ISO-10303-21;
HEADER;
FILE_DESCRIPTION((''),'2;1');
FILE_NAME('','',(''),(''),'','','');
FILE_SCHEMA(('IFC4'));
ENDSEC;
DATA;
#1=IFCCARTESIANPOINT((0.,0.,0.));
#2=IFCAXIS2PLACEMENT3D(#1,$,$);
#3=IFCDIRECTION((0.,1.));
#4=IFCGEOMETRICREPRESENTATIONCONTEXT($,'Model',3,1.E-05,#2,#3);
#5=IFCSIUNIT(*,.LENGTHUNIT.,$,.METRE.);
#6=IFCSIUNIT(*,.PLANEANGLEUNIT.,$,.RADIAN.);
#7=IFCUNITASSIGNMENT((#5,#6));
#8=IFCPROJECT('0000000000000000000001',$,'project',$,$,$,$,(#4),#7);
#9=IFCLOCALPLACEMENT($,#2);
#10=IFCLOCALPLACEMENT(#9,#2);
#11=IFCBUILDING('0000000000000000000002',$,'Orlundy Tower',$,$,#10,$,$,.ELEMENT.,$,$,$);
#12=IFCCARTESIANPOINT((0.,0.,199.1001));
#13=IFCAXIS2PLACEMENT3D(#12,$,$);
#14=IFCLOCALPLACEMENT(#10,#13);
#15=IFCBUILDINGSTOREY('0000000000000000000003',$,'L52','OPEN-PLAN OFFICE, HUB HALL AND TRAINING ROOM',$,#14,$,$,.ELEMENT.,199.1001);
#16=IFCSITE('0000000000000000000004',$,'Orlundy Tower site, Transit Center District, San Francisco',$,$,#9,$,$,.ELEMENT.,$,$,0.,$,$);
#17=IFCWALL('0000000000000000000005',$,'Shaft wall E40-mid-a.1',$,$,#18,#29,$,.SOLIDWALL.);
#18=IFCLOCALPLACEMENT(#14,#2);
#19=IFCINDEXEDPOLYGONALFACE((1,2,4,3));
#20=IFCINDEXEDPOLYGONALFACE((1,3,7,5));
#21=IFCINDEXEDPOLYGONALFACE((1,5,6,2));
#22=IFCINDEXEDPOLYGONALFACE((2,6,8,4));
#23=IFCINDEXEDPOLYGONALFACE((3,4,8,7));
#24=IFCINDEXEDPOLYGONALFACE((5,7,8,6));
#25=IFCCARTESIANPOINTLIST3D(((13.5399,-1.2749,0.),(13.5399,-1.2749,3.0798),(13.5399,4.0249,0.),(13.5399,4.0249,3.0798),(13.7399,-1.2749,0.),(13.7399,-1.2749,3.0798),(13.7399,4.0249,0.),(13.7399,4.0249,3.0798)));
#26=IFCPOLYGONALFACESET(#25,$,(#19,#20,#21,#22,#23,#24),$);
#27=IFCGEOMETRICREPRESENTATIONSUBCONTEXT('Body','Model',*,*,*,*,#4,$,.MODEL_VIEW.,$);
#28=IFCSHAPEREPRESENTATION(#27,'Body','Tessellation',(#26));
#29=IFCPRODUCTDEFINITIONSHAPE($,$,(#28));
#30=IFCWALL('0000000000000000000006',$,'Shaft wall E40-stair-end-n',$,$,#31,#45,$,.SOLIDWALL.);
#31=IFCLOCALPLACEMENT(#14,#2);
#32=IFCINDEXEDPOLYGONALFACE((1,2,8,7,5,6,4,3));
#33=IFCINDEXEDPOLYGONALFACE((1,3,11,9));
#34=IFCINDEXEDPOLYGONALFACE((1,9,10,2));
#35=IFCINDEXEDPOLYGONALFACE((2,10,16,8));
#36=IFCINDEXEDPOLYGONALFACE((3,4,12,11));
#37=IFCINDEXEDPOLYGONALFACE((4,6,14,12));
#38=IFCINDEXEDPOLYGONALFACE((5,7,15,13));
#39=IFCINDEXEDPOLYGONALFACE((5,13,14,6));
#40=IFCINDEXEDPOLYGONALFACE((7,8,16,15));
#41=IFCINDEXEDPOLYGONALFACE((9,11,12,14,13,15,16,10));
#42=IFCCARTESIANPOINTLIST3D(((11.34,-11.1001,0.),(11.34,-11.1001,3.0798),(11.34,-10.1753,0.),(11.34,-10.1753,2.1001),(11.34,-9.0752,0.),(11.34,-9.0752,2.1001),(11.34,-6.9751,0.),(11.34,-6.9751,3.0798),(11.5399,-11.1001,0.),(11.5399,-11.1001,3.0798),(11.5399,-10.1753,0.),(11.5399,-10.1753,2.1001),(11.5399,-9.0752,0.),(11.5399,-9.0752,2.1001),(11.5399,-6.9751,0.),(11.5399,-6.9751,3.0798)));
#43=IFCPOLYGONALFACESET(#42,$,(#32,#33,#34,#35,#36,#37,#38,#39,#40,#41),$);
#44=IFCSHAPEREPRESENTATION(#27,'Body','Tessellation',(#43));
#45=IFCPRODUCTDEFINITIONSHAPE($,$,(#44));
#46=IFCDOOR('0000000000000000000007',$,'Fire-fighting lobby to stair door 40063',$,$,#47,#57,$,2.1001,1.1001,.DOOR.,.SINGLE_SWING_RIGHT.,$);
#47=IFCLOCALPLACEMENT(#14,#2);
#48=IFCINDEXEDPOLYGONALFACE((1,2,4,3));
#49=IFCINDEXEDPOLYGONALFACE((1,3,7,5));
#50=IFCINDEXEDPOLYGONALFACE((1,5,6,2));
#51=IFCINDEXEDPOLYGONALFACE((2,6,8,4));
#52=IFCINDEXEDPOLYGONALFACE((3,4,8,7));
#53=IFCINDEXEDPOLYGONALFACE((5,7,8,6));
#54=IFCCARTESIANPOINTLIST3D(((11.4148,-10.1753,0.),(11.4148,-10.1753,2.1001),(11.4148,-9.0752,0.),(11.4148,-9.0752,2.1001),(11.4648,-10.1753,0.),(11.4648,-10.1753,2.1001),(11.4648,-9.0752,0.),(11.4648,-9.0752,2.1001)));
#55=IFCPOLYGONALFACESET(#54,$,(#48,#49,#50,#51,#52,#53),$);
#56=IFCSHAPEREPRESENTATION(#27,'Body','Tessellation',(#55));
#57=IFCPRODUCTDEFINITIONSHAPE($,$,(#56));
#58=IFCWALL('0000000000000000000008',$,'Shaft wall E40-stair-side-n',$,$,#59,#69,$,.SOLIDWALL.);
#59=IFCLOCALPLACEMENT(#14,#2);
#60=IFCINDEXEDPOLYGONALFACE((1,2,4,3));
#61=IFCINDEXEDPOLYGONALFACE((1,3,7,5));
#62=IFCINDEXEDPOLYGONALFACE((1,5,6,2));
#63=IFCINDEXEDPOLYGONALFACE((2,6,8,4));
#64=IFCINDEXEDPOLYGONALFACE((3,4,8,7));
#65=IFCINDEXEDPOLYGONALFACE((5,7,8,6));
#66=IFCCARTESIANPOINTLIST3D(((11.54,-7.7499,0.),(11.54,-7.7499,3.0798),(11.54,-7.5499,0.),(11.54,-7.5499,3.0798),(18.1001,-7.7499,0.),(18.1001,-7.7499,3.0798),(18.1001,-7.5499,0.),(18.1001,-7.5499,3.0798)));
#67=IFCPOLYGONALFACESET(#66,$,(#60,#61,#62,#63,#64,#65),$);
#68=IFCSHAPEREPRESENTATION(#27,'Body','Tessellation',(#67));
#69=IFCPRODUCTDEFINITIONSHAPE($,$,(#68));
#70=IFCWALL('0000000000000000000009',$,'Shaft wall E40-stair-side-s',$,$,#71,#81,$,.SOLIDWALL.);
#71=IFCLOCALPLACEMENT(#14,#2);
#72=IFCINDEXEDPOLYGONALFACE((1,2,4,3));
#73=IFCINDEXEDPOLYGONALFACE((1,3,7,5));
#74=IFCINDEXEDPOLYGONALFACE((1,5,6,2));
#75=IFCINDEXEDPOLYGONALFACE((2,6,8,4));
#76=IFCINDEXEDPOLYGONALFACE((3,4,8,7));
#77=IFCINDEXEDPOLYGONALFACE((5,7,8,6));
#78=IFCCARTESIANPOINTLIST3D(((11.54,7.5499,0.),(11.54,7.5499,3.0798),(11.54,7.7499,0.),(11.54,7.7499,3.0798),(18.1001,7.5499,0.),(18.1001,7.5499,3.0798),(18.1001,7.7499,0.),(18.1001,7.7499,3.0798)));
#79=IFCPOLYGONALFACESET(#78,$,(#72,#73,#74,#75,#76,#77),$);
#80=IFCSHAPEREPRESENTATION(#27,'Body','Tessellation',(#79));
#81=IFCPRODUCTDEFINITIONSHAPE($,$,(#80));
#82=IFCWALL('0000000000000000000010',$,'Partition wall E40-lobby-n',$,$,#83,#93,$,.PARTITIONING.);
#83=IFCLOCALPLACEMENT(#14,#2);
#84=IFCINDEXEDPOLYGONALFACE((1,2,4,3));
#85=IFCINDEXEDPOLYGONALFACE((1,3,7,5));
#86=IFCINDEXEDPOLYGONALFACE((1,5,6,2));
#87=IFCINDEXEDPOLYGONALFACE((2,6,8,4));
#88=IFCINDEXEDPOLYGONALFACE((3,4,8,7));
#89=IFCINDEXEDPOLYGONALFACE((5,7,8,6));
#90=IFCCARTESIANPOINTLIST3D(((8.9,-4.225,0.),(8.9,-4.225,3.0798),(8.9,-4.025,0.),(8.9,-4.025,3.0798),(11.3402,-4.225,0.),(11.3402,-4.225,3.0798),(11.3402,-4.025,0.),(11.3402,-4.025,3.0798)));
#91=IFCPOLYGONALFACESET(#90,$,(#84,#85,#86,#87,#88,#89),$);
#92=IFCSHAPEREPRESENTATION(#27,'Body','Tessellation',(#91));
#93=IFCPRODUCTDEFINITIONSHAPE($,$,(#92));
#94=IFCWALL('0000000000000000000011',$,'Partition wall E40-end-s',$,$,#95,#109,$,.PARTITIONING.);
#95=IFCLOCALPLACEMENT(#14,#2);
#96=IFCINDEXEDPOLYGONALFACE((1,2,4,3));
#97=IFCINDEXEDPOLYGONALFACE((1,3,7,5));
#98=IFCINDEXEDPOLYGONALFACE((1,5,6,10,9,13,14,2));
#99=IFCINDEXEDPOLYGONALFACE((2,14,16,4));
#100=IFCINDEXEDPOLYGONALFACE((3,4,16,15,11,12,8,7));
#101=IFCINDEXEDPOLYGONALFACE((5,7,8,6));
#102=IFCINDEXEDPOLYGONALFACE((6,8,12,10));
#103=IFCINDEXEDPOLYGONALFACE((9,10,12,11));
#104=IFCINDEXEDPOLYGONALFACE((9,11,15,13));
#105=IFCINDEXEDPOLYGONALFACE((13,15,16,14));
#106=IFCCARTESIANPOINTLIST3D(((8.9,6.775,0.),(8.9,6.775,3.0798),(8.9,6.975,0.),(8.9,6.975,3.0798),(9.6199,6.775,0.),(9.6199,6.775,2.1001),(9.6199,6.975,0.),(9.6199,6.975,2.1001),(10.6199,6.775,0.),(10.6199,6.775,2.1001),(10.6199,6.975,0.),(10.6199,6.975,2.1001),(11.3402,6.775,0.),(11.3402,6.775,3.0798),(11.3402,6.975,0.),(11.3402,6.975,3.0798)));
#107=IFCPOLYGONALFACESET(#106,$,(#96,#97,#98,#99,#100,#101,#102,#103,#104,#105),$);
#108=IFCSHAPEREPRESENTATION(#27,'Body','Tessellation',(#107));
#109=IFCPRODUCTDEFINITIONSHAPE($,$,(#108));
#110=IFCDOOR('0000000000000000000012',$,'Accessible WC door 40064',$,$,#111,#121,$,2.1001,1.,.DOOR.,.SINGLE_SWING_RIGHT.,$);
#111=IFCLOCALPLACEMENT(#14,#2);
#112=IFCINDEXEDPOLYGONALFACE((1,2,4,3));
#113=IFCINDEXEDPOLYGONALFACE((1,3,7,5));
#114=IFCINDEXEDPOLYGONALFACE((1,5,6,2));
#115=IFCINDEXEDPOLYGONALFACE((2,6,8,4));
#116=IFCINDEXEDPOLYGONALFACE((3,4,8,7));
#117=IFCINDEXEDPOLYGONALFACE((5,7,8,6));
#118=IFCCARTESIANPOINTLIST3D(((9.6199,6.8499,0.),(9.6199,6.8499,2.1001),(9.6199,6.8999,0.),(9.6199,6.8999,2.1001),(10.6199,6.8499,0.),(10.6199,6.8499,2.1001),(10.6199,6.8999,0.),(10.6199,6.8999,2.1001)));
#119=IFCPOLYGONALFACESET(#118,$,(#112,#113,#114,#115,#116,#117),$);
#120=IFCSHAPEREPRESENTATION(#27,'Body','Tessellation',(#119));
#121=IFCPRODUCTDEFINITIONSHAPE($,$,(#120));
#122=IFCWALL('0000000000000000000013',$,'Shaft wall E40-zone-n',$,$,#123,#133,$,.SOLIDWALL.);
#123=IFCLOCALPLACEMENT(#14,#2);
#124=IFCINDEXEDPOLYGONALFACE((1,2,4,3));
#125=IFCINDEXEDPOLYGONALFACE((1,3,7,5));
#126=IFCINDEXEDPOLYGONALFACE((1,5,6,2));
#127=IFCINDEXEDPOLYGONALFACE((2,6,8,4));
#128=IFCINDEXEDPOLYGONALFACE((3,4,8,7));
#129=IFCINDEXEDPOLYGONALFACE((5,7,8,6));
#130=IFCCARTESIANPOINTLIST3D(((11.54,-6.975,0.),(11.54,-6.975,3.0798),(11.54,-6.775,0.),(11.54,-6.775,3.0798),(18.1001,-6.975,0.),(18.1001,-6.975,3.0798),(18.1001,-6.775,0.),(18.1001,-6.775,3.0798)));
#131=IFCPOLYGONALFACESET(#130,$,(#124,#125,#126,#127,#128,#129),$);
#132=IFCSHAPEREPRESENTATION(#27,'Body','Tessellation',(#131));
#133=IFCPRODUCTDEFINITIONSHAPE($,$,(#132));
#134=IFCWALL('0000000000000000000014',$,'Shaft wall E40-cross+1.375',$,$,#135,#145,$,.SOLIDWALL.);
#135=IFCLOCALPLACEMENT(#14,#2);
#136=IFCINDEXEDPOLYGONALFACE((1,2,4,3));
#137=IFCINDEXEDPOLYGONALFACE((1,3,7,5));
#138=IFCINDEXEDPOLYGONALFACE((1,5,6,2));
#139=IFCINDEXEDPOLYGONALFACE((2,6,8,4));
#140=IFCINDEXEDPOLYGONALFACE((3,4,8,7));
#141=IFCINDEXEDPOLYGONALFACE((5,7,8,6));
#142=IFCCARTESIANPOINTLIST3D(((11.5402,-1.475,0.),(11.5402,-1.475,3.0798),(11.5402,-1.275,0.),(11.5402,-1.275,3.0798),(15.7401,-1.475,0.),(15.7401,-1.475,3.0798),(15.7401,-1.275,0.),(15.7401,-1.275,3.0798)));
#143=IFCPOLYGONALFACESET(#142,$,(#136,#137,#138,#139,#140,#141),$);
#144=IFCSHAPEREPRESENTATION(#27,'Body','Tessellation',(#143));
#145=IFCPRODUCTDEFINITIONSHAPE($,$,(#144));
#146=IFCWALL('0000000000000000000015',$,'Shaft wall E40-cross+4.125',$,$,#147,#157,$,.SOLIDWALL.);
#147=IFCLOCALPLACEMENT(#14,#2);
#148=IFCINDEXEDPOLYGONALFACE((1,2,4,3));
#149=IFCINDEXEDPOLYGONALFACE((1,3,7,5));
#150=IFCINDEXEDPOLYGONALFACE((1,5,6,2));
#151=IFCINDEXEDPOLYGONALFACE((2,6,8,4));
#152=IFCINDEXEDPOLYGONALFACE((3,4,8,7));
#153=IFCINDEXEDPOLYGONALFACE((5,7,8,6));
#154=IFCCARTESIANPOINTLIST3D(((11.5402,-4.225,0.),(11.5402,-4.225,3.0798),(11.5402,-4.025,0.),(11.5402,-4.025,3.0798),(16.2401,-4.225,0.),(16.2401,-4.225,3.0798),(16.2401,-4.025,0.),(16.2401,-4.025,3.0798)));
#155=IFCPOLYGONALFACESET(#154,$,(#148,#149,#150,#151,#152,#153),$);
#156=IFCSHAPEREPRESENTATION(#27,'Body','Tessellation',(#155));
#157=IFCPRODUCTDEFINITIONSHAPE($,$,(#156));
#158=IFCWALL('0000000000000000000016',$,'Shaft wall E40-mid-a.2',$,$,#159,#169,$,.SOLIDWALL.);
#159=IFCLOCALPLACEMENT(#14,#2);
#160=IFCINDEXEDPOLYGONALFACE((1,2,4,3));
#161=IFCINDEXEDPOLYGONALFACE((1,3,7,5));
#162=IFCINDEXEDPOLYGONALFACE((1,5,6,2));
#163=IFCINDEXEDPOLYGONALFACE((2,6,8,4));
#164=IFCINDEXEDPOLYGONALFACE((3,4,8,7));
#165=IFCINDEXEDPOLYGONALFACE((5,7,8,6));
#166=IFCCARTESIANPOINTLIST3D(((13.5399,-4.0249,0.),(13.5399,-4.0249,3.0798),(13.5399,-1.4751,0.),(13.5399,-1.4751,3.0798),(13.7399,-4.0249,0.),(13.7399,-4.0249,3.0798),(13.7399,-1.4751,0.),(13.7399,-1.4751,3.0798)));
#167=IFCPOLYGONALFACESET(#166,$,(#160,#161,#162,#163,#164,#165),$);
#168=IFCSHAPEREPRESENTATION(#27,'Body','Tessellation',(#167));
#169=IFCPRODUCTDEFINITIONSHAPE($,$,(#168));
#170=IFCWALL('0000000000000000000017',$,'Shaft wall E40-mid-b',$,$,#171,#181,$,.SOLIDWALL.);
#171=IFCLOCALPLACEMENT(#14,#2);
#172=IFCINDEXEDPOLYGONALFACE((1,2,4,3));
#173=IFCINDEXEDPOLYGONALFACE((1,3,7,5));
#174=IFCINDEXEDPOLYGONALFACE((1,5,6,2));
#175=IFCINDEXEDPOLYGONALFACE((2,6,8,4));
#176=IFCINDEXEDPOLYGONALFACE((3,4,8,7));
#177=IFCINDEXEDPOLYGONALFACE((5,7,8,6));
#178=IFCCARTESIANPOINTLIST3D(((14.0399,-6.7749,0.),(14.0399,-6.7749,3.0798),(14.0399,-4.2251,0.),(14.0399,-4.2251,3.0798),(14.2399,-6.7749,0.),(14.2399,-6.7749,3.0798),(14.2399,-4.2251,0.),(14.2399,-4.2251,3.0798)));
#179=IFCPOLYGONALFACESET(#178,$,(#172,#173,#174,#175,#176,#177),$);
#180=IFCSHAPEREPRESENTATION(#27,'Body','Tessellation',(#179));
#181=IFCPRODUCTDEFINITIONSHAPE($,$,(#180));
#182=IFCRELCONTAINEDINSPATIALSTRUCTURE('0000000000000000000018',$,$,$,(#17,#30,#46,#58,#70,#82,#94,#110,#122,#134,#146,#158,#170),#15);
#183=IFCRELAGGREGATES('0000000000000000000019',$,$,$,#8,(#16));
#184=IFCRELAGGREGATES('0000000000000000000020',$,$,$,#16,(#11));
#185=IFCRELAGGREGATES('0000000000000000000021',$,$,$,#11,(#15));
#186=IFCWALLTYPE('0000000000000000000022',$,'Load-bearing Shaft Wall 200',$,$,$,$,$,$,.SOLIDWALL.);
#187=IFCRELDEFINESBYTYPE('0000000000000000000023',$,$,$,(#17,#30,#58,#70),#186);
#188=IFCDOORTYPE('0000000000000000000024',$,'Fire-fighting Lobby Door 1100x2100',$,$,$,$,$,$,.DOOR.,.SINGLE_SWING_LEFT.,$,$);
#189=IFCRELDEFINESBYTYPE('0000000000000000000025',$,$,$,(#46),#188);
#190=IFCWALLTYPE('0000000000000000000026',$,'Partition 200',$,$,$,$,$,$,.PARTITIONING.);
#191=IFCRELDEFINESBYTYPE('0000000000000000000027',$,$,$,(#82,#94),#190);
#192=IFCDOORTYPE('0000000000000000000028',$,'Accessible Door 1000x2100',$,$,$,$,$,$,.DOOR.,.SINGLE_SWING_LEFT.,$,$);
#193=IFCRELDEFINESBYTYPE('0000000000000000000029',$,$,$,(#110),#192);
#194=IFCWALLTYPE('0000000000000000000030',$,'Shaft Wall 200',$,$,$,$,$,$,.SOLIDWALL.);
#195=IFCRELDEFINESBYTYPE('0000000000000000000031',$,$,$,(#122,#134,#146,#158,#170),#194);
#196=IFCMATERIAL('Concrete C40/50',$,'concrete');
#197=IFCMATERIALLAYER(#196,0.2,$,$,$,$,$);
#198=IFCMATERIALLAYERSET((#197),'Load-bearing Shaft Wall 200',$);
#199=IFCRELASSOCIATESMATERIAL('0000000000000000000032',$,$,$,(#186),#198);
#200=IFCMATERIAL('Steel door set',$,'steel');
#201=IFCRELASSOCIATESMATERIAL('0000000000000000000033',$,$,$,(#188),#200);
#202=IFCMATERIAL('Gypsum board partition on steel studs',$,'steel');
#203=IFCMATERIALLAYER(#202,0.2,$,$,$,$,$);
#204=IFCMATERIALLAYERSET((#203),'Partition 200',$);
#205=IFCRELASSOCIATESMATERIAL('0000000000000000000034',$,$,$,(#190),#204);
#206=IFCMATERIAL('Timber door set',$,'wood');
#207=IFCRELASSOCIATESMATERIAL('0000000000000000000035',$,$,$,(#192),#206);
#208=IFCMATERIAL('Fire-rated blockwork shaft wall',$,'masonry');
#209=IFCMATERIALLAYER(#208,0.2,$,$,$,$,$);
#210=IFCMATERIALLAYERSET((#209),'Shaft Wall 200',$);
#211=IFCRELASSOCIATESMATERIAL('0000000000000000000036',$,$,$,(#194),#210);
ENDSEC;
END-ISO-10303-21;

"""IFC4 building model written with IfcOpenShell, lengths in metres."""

from ifc_helpers import new_model, si_unit, direction, frame, frame_2d, origin, place, context, subcontext, project, spatial, rectangle, extrude, material, layer, layer_set, type_object, element, fill, save


model = new_model("IFC4")

# Units and contexts
model_context = context("Model", 3, precision=1e-05, world=origin(), true_north=direction((0.0, 1.0)))
body_context = subcontext(model_context, "Body", "Model", "MODEL_VIEW")
ifc_project = project(units=[si_unit("LENGTHUNIT", "METRE"), si_unit("PLANEANGLEUNIT", "RADIAN")], contexts=[model_context])

# Site, building, storey
site_placement = place(None, origin())
site = spatial("IfcSite", under=ifc_project, at=site_placement, Name="Orlundy Tower site, Transit Center District, San Francisco", CompositionType="ELEMENT", RefElevation=0.0)
building_placement = place(site_placement, origin())
building = spatial("IfcBuilding", under=site, at=building_placement, Name="Orlundy Tower", CompositionType="ELEMENT")
storey_placement = place(building_placement, frame((0.0, 0.0, 199.1001)))
storey = spatial("IfcBuildingStorey", under=building, at=storey_placement, Name="L52", Description="OPEN-PLAN OFFICE, HUB HALL AND TRAINING ROOM", CompositionType="ELEMENT", Elevation=199.1001)

# Shared definitions
ifc_material_1 = material(Name="Concrete C40/50", Category="concrete")
ifc_layer_1 = layer(ifc_material_1, 0.2)
ifc_layer_set_1 = layer_set([ifc_layer_1], Name="Load-bearing Shaft Wall 200")
wall_type_1 = type_object("IfcWallType", Name="Load-bearing Shaft Wall 200", PredefinedType="SOLIDWALL", material=ifc_layer_set_1)

# Wall
wall_1_placement = place(storey_placement, frame((13.6399, 4.0249, 0.0), z_axis=(0.0, 0.0, 1.0), x_axis=(0.0, -1.0, 0.0)))
element("IfcWall", 1, at=wall_1_placement, inside=storey, type_object=wall_type_1, Name="Shaft wall E40-mid-a.1", PredefinedType="SOLIDWALL", context=body_context, shape_type="SweptSolid", body=[
    extrude(rectangle(XDim=5.2998, YDim=0.2, at=frame_2d((2.6499, 0.0))), origin(), (0.0, 0.0, 1.0), 3.0798),
])

# Wall, opening, door
wall_2_placement = place(storey_placement, frame((11.4399, -6.9751, 0.0), z_axis=(0.0, 0.0, 1.0), x_axis=(0.0, -1.0, 0.0)))
wall_2 = element("IfcWall", 2, at=wall_2_placement, inside=storey, type_object=wall_type_1, Name="Shaft wall E40-stair-end-n", PredefinedType="SOLIDWALL", context=body_context, shape_type="SweptSolid", body=[
    extrude(rectangle(XDim=4.125, YDim=0.2, at=frame_2d((2.0625, 0.0))), origin(), (0.0, 0.0, 1.0), 3.0798),
])
opening_1_placement = place(wall_2_placement, frame((2.1001, 0.0, 0.0)))
opening_1 = element("IfcOpeningElement", 3, at=opening_1_placement, cuts=wall_2, PredefinedType="OPENING", context=body_context, shape_type="SweptSolid", body=[
    extrude(rectangle(XDim=1.1001, YDim=2.1001, at=frame_2d((0.55, 1.05))), frame((0.0, 0.1101, 0.0), z_axis=(0.0, -1.0, 0.0), x_axis=(1.0, 0.0, 0.0)), (0.0, 0.0, 1.0), 0.2202),
])
ifc_material_2 = material(Name="Steel door set", Category="steel")
door_type_1 = type_object("IfcDoorType", Name="Fire-fighting Lobby Door 1100x2100", OperationType="SINGLE_SWING_LEFT", PredefinedType="DOOR", material=ifc_material_2)
door_1_placement = place(opening_1_placement, origin())
door_1 = element("IfcDoor", 4, at=door_1_placement, inside=storey, type_object=door_type_1, Name="Fire-fighting lobby to stair door 40063", OperationType="SINGLE_SWING_RIGHT", OverallHeight=2.1001, OverallWidth=1.1001, PredefinedType="DOOR", context=body_context, shape_type="SweptSolid", body=[
    extrude(rectangle(XDim=1.1001, YDim=2.1001, at=frame_2d((0.55, 1.05))), frame((0.0, 0.0249, 0.0), z_axis=(0.0, -1.0, 0.0), x_axis=(1.0, 0.0, 0.0)), (0.0, 0.0, 1.0), 0.05),
])
fill(opening_1, door_1)

# Walls
for number, where, z_axis, x_axis, name in (
    (5, (11.54, -7.6499, 0.0), (0.0, 0.0, 1.0), (1.0, 0.0, 0.0), "Shaft wall E40-stair-side-n"),
    (6, (11.54, 7.6499, 0.0), (0.0, 0.0, 1.0), (1.0, 0.0, 0.0), "Shaft wall E40-stair-side-s"),
):
    element("IfcWall", number, at=place(storey_placement, frame(where, z_axis=z_axis, x_axis=x_axis)), inside=storey, type_object=wall_type_1, Name=name, PredefinedType="SOLIDWALL", context=body_context, shape_type="SweptSolid", body=[
        extrude(rectangle(XDim=6.5601, YDim=0.2, at=frame_2d((3.28, 0.0))), origin(), (0.0, 0.0, 1.0), 3.0798),
    ])
ifc_material_3 = material(Name="Gypsum board partition on steel studs", Category="steel")
ifc_layer_2 = layer(ifc_material_3, 0.2)
ifc_layer_set_2 = layer_set([ifc_layer_2], Name="Partition 200")
wall_type_2 = type_object("IfcWallType", Name="Partition 200", PredefinedType="PARTITIONING", material=ifc_layer_set_2)
wall_3_placement = place(storey_placement, frame((8.8999, -4.125, 0.0), z_axis=(0.0, 0.0, 1.0), x_axis=(1.0, 0.0, 0.0)))
element("IfcWall", 7, at=wall_3_placement, inside=storey, type_object=wall_type_2, Name="Partition wall E40-lobby-n", PredefinedType="PARTITIONING", context=body_context, shape_type="SweptSolid", body=[
    extrude(rectangle(XDim=2.4402, YDim=0.2, at=frame_2d((1.2202, 0.0))), origin(), (0.0, 0.0, 1.0), 3.0798),
])

# Wall, opening, door
wall_4_placement = place(storey_placement, frame((8.8999, 6.875, 0.0), z_axis=(0.0, 0.0, 1.0), x_axis=(1.0, 0.0, 0.0)))
wall_4 = element("IfcWall", 8, at=wall_4_placement, inside=storey, type_object=wall_type_2, Name="Partition wall E40-end-s", PredefinedType="PARTITIONING", context=body_context, shape_type="SweptSolid", body=[
    extrude(rectangle(XDim=2.4402, YDim=0.2, at=frame_2d((1.2202, 0.0))), origin(), (0.0, 0.0, 1.0), 3.0798),
])
opening_2_placement = place(wall_4_placement, frame((0.72, 0.0, 0.0)))
opening_2 = element("IfcOpeningElement", 9, at=opening_2_placement, cuts=wall_4, PredefinedType="OPENING", context=body_context, shape_type="SweptSolid", body=[
    extrude(rectangle(XDim=1.0, YDim=2.1001, at=frame_2d((0.5, 1.05))), frame((0.0, 0.1101, 0.0), z_axis=(0.0, -1.0, 0.0), x_axis=(1.0, 0.0, 0.0)), (0.0, 0.0, 1.0), 0.2202),
])
ifc_material_4 = material(Name="Timber door set", Category="wood")
door_type_2 = type_object("IfcDoorType", Name="Accessible Door 1000x2100", OperationType="SINGLE_SWING_LEFT", PredefinedType="DOOR", material=ifc_material_4)
door_2_placement = place(opening_2_placement, origin())
door_2 = element("IfcDoor", 10, at=door_2_placement, inside=storey, type_object=door_type_2, Name="Accessible WC door 40064", OperationType="SINGLE_SWING_RIGHT", OverallHeight=2.1001, OverallWidth=1.0, PredefinedType="DOOR", context=body_context, shape_type="SweptSolid", body=[
    extrude(rectangle(XDim=1.0, YDim=2.1001, at=frame_2d((0.5, 1.05))), frame((0.0, 0.0249, 0.0), z_axis=(0.0, -1.0, 0.0), x_axis=(1.0, 0.0, 0.0)), (0.0, 0.0, 1.0), 0.05),
])
fill(opening_2, door_2)

# Walls
ifc_material_5 = material(Name="Fire-rated blockwork shaft wall", Category="masonry")
ifc_layer_3 = layer(ifc_material_5, 0.2)
ifc_layer_set_3 = layer_set([ifc_layer_3], Name="Shaft Wall 200")
wall_type_3 = type_object("IfcWallType", Name="Shaft Wall 200", PredefinedType="SOLIDWALL", material=ifc_layer_set_3)
wall_5_placement = place(storey_placement, frame((11.54, -6.875, 0.0), z_axis=(0.0, 0.0, 1.0), x_axis=(1.0, 0.0, 0.0)))
element("IfcWall", 11, at=wall_5_placement, inside=storey, type_object=wall_type_3, Name="Shaft wall E40-zone-n", PredefinedType="SOLIDWALL", context=body_context, shape_type="SweptSolid", body=[
    extrude(rectangle(XDim=6.5601, YDim=0.2, at=frame_2d((3.28, 0.0))), origin(), (0.0, 0.0, 1.0), 3.0798),
])
wall_6_placement = place(storey_placement, frame((11.54, -1.375, 0.0), z_axis=(0.0, 0.0, 1.0), x_axis=(1.0, 0.0, 0.0)))
element("IfcWall", 12, at=wall_6_placement, inside=storey, type_object=wall_type_3, Name="Shaft wall E40-cross+1.375", PredefinedType="SOLIDWALL", context=body_context, shape_type="SweptSolid", body=[
    extrude(rectangle(XDim=4.2, YDim=0.2, at=frame_2d((2.1001, 0.0))), origin(), (0.0, 0.0, 1.0), 3.0798),
])
wall_7_placement = place(storey_placement, frame((11.54, -4.125, 0.0), z_axis=(0.0, 0.0, 1.0), x_axis=(1.0, 0.0, 0.0)))
element("IfcWall", 13, at=wall_7_placement, inside=storey, type_object=wall_type_3, Name="Shaft wall E40-cross+4.125", PredefinedType="SOLIDWALL", context=body_context, shape_type="SweptSolid", body=[
    extrude(rectangle(XDim=4.7, YDim=0.2, at=frame_2d((2.3501, 0.0))), origin(), (0.0, 0.0, 1.0), 3.0798),
])
for number, where, z_axis, x_axis, name in (
    (14, (13.6399, -1.4751, 0.0), (0.0, 0.0, 1.0), (0.0, -1.0, 0.0), "Shaft wall E40-mid-a.2"),
    (15, (14.1399, -4.2251, 0.0), (0.0, 0.0, 1.0), (0.0, -1.0, 0.0), "Shaft wall E40-mid-b"),
):
    element("IfcWall", number, at=place(storey_placement, frame(where, z_axis=z_axis, x_axis=x_axis)), inside=storey, type_object=wall_type_3, Name=name, PredefinedType="SOLIDWALL", context=body_context, shape_type="SweptSolid", body=[
        extrude(rectangle(XDim=2.5498, YDim=0.2, at=frame_2d((1.2749, 0.0))), origin(), (0.0, 0.0, 1.0), 3.0798),
    ])

save(model, "model.ifc")
